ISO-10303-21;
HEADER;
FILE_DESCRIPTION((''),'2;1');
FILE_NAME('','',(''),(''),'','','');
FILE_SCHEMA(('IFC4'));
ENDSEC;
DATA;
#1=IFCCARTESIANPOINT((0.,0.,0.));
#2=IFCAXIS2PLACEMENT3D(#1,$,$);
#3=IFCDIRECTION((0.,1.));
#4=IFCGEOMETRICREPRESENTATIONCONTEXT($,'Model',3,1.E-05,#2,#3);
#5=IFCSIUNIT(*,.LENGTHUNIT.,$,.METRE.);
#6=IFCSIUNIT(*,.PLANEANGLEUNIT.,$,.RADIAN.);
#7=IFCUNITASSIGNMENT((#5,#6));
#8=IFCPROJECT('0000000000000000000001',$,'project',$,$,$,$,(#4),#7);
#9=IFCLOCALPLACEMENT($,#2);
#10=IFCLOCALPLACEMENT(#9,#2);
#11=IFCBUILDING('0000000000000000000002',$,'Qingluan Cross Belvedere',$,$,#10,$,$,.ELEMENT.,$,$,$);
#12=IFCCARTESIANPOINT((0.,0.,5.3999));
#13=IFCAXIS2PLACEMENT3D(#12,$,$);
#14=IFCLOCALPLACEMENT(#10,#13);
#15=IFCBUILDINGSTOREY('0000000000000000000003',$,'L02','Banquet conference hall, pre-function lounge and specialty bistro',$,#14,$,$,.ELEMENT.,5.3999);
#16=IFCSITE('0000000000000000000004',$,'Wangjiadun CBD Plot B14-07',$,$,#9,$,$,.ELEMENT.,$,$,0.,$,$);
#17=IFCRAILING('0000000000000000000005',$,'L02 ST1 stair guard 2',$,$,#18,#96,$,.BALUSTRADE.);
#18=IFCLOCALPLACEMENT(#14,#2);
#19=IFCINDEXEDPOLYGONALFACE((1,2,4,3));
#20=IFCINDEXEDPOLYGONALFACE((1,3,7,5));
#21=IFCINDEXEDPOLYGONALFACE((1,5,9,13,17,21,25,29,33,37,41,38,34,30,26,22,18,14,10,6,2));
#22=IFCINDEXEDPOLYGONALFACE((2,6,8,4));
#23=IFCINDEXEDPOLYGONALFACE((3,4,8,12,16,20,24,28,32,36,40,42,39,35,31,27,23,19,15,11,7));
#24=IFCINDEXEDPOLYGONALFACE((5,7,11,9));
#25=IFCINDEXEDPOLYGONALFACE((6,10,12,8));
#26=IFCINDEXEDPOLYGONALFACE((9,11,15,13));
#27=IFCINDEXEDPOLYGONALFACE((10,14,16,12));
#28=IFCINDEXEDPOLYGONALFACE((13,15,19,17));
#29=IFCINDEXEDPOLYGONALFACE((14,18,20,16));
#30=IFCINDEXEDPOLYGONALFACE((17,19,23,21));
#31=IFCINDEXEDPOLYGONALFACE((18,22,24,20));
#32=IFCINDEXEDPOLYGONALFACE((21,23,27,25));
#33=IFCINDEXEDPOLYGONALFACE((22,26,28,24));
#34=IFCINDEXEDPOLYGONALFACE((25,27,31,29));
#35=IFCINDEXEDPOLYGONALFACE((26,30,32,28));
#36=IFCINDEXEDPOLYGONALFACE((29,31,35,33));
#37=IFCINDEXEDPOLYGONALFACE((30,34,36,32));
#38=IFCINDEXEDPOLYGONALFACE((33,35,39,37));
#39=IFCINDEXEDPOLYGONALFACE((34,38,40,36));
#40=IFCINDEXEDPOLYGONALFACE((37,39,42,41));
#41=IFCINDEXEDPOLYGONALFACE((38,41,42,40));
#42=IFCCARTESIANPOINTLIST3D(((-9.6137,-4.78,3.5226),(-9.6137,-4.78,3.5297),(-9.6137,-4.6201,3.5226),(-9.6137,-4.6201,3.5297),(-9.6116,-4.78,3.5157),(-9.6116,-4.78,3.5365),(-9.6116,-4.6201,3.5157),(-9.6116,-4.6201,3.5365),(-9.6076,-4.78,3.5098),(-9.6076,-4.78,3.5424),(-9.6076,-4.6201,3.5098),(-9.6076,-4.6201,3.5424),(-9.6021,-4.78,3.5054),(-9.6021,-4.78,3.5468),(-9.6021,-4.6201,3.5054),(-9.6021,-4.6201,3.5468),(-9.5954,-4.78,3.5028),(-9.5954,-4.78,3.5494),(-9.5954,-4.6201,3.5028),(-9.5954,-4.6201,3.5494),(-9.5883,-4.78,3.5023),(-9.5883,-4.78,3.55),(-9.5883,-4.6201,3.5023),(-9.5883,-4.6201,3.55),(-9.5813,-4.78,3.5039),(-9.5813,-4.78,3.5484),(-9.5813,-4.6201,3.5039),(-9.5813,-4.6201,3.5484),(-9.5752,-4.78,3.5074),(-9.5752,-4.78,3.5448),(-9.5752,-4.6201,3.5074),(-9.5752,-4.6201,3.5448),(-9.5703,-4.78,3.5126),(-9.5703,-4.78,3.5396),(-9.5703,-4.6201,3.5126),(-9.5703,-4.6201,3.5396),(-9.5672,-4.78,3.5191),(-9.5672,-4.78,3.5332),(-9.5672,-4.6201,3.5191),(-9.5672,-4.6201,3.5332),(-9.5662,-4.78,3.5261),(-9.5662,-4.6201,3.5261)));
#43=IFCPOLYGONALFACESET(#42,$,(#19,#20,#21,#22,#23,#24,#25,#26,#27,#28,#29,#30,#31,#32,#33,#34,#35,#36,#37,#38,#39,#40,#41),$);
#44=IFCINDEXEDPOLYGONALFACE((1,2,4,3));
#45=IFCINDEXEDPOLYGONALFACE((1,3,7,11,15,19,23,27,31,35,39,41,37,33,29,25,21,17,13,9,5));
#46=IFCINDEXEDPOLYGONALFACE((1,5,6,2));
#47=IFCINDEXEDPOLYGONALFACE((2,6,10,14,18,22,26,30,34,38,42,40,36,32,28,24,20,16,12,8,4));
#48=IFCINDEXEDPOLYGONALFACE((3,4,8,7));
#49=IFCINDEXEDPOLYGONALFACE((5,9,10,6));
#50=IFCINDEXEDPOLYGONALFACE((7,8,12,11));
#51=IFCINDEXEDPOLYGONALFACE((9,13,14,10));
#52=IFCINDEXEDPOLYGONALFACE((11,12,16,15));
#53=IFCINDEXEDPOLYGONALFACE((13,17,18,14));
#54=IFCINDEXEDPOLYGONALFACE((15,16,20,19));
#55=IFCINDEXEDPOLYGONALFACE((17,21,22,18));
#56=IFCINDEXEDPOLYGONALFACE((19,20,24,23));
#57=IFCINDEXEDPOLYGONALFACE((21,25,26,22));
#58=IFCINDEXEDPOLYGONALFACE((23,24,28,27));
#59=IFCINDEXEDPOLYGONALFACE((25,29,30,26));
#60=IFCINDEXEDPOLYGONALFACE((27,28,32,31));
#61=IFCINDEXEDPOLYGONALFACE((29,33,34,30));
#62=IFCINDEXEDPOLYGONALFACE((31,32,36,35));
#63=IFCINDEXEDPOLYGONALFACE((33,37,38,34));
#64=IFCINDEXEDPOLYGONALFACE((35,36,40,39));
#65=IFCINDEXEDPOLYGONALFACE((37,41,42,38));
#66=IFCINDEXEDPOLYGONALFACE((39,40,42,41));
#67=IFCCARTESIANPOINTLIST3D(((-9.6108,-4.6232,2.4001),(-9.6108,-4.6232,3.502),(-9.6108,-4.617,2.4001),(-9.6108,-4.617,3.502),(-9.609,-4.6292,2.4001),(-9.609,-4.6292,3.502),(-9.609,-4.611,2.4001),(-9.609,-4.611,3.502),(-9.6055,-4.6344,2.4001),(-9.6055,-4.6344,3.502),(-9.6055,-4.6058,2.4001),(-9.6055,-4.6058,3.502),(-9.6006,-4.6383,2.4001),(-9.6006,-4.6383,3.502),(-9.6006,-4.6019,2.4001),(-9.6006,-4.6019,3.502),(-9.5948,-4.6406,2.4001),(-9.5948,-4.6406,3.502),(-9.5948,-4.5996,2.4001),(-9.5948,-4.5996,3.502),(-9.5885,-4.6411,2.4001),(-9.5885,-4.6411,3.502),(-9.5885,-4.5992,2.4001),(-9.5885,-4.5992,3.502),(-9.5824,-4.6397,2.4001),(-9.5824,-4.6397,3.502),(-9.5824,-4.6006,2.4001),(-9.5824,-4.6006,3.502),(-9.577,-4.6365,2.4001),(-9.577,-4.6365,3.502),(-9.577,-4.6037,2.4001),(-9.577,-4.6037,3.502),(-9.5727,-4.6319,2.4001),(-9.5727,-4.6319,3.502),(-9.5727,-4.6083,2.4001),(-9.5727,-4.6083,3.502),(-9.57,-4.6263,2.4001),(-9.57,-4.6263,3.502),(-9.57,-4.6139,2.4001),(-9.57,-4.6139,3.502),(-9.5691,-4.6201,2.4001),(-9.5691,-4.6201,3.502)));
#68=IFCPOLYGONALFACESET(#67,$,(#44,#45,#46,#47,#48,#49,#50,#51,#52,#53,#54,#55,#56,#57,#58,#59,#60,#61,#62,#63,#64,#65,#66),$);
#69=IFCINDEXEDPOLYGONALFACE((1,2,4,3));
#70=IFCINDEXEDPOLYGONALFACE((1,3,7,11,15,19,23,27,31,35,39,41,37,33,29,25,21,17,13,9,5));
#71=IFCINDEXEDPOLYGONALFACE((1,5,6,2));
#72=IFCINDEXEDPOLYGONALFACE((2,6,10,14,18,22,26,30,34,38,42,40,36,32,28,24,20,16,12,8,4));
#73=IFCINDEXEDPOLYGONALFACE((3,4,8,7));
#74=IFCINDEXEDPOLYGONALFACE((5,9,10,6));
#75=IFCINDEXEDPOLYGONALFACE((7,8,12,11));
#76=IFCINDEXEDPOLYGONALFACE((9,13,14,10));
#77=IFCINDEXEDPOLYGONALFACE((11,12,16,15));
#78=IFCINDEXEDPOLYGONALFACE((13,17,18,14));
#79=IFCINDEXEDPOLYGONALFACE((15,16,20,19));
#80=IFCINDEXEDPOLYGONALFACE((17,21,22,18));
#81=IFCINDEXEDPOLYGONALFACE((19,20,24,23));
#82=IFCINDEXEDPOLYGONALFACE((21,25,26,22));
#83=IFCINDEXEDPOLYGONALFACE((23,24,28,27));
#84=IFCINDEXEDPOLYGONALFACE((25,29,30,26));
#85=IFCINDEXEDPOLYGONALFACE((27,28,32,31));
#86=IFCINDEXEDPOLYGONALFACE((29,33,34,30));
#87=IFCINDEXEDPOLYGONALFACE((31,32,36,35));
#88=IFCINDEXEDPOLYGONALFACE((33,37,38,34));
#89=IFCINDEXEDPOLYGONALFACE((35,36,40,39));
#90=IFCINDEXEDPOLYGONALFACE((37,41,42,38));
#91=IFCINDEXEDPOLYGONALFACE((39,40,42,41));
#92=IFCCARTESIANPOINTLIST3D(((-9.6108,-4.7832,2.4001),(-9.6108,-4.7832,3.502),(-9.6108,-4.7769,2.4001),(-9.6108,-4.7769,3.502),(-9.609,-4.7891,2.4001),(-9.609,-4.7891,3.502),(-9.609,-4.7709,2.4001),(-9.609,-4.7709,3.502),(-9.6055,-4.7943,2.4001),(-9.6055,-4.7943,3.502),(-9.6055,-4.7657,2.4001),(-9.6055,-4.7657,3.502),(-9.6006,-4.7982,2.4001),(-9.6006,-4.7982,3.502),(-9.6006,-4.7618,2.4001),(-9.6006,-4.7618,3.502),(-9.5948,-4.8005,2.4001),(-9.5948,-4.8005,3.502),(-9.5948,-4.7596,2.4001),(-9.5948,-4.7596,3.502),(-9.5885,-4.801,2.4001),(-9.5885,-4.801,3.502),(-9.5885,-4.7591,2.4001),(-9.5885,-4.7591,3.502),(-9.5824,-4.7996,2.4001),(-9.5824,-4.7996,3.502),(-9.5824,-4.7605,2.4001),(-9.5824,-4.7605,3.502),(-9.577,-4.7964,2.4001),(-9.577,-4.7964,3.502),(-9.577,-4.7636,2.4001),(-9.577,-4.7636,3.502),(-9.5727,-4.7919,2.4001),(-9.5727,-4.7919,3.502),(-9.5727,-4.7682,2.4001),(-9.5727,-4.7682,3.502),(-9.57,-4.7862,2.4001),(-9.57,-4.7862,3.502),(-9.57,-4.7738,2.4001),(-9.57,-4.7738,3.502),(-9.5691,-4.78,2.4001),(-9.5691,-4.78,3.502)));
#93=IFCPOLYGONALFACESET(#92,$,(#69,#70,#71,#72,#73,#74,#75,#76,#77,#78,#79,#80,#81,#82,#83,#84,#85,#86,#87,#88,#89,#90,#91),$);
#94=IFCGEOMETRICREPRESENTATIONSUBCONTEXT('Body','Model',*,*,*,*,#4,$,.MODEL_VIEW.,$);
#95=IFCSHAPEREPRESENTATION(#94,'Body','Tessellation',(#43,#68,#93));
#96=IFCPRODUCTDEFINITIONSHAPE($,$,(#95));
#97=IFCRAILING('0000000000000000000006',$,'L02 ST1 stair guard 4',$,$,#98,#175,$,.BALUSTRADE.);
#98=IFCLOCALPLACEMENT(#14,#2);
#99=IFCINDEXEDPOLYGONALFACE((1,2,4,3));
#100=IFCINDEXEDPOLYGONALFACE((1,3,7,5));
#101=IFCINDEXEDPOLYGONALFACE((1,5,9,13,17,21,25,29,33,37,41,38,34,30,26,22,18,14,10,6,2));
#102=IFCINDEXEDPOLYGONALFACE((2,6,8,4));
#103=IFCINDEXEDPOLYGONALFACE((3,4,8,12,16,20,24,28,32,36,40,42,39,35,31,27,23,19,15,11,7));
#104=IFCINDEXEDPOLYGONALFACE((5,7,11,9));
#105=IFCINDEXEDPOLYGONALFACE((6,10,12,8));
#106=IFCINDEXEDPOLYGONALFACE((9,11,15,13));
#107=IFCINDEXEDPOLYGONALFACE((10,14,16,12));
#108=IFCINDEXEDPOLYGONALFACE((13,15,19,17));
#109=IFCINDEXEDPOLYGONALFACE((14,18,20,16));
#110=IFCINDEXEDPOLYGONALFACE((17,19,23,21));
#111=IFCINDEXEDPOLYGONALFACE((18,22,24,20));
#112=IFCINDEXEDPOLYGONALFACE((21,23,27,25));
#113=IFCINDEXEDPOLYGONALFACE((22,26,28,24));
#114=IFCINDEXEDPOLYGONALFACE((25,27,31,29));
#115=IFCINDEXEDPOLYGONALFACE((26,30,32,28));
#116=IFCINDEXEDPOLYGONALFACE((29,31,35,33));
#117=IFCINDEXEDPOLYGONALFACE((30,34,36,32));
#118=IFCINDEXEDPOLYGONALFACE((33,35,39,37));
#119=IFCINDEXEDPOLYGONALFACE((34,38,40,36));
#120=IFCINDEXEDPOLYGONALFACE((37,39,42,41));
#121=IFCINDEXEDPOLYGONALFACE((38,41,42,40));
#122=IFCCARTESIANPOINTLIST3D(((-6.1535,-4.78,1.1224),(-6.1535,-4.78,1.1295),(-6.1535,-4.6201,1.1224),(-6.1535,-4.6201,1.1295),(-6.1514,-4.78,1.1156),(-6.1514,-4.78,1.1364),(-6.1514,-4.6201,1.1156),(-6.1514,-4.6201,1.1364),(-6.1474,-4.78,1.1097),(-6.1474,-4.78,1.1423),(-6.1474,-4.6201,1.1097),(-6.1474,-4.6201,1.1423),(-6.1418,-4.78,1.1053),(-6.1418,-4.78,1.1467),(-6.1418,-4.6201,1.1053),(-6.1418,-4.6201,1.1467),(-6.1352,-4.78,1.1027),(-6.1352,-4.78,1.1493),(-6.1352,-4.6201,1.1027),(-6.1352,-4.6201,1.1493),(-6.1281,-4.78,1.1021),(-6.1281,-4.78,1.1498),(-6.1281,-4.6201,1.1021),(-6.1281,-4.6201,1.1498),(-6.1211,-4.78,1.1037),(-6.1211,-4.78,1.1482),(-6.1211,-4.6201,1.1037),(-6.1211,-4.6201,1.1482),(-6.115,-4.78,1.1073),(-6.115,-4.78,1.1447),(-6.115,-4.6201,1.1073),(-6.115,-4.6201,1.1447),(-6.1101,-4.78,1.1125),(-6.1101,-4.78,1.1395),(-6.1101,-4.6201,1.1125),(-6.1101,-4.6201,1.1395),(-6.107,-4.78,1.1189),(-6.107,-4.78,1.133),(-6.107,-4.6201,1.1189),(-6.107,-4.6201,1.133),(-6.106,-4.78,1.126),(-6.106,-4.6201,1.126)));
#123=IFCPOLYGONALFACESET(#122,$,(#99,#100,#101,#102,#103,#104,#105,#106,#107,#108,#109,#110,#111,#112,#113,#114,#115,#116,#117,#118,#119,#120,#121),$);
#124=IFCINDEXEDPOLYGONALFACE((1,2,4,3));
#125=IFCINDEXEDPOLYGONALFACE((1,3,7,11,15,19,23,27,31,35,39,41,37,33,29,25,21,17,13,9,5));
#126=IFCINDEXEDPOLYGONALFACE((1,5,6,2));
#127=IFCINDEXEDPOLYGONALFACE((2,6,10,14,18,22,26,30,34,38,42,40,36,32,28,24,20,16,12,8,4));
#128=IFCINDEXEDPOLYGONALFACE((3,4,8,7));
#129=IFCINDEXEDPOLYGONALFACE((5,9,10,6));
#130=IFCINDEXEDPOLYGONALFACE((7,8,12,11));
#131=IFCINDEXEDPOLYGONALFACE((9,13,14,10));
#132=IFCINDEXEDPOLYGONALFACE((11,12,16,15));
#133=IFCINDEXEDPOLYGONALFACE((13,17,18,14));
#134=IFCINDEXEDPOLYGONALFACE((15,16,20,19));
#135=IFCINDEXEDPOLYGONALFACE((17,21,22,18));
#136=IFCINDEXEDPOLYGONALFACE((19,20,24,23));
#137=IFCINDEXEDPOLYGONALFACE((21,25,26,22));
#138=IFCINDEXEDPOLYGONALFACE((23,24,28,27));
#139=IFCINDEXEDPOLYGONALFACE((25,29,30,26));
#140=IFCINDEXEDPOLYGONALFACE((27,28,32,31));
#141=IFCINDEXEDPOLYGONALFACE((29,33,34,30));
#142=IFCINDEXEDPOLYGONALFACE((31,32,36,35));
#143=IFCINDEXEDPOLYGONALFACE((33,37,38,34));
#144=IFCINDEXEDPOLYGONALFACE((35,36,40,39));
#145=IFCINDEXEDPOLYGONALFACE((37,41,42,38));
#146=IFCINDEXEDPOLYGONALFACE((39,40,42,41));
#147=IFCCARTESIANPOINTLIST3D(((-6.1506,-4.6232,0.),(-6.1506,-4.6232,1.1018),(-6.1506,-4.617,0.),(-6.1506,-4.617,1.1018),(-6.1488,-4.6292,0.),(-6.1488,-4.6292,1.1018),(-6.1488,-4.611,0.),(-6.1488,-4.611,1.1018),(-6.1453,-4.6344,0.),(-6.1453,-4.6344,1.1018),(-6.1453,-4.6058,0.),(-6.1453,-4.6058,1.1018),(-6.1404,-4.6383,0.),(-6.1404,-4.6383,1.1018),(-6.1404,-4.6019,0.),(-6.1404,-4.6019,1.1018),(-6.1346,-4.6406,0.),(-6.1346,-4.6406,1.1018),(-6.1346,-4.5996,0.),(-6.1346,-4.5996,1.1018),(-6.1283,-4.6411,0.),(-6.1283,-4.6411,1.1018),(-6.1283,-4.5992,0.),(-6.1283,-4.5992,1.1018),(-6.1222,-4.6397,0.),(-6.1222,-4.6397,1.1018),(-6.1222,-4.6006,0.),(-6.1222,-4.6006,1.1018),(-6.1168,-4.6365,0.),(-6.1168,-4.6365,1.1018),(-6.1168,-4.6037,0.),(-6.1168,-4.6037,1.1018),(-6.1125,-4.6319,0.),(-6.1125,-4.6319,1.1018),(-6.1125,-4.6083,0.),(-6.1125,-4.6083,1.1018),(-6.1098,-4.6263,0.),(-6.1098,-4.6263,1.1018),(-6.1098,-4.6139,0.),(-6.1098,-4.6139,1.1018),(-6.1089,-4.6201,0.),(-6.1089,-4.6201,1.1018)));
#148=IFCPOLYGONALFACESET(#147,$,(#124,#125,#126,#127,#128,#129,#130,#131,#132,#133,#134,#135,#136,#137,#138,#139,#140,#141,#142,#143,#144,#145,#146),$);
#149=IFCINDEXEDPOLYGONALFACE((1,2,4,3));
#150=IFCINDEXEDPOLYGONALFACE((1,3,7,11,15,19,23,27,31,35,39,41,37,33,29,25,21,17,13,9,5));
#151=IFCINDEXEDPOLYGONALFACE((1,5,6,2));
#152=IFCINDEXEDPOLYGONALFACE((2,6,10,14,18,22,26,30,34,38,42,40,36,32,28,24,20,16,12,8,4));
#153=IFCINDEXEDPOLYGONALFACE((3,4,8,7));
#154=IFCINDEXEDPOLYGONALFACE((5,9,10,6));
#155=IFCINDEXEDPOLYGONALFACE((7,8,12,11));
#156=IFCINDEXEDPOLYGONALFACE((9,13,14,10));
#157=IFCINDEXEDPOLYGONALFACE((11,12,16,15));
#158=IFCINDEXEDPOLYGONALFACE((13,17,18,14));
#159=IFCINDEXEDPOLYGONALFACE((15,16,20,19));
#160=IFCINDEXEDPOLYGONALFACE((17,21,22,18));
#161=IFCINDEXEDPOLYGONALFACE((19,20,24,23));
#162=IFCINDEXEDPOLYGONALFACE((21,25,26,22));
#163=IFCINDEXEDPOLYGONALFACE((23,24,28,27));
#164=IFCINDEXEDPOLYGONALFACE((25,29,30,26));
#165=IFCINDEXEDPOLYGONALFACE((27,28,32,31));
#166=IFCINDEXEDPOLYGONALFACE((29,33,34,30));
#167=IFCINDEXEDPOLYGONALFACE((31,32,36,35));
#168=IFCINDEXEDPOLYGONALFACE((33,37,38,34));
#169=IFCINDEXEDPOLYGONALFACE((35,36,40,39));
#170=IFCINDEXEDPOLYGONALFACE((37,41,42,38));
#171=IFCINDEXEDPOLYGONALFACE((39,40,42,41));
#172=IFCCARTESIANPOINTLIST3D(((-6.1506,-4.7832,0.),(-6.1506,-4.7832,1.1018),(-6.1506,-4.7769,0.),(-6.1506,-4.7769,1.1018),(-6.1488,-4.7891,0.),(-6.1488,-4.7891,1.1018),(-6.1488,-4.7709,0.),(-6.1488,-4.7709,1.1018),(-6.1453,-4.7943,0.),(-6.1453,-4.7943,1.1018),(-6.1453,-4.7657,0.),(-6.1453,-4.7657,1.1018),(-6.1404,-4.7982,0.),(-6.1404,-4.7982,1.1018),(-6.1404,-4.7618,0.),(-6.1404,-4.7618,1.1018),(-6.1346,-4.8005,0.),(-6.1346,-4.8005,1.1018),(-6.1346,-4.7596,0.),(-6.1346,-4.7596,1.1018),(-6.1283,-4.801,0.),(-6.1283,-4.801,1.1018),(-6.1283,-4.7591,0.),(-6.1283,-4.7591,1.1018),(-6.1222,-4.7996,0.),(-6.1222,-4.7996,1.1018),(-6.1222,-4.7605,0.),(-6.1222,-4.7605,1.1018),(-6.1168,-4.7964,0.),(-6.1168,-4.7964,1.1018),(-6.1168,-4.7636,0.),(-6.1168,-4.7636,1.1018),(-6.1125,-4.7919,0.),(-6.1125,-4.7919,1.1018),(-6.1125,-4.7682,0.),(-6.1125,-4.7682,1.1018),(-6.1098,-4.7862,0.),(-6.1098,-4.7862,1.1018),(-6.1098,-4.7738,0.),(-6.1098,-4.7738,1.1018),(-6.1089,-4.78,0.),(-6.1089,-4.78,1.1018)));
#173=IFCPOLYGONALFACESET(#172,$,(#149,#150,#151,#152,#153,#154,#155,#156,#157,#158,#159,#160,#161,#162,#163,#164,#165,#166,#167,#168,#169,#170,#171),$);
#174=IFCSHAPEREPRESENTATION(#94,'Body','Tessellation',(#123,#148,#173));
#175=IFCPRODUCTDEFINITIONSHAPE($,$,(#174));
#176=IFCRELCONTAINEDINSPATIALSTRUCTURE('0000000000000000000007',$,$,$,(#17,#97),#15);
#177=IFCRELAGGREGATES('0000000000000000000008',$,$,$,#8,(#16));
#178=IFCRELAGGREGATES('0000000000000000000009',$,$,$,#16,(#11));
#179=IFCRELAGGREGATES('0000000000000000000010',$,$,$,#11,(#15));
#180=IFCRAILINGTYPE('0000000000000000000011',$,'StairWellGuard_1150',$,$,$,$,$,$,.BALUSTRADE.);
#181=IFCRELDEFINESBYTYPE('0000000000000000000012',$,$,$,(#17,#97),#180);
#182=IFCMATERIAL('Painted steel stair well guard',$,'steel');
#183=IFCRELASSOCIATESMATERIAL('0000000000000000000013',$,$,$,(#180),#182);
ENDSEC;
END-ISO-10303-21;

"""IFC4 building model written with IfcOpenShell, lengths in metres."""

from ifc_helpers import new_model, si_unit, direction, frame, origin, origin_2d, place, context, subcontext, project, spatial, circle, extrude, material, type_object, element, save


model = new_model("IFC4")

# Units and contexts
model_context = context("Model", 3, precision=1e-05, world=origin(), true_north=direction((0.0, 1.0)))
body_context = subcontext(model_context, "Body", "Model", "MODEL_VIEW")
ifc_project = project(units=[si_unit("LENGTHUNIT", "METRE"), si_unit("PLANEANGLEUNIT", "RADIAN")], contexts=[model_context])

# Site, building, storey
site_placement = place(None, origin())
site = spatial("IfcSite", under=ifc_project, at=site_placement, Name="Wangjiadun CBD Plot B14-07", CompositionType="ELEMENT", RefElevation=0.0)
building_placement = place(site_placement, origin())
building = spatial("IfcBuilding", under=site, at=building_placement, Name="Qingluan Cross Belvedere", CompositionType="ELEMENT")
storey_placement = place(building_placement, frame((0.0, 0.0, 5.3999)))
storey = spatial("IfcBuildingStorey", under=building, at=storey_placement, Name="L02", Description="Banquet conference hall, pre-function lounge and specialty bistro", CompositionType="ELEMENT", Elevation=5.3999)

# Railings
ifc_material_1 = material(Name="Painted steel stair well guard", Category="steel")
railing_type_1 = type_object("IfcRailingType", Name="StairWellGuard_1150", PredefinedType="BALUSTRADE", material=ifc_material_1)
for number, where, name in (
    (1, (-9.5901, -4.6201, 2.4001), "L02 ST1 stair guard 2"),
    (2, (-6.1299, -4.6201, 0.0), "L02 ST1 stair guard 4"),
):
    element("IfcRailing", number, at=place(storey_placement, frame(where)), inside=storey, type_object=railing_type_1, Name=name, PredefinedType="BALUSTRADE", context=body_context, shape_type="SweptSolid", body=[
        extrude(circle(Radius=0.0239, at=origin_2d()), frame((0.0, 0.0, 1.126), z_axis=(0.0, -1.0, 0.0), x_axis=(1.0, 0.0, 0.0)), (0.0, 0.0, 1.0), 0.1599),
        extrude(circle(Radius=0.021, at=origin_2d()), origin(), (0.0, 0.0, 1.0), 1.1018),
        extrude(circle(Radius=0.021, at=origin_2d()), frame((0.0, -0.1599, 0.0)), (0.0, 0.0, 1.0), 1.1018),
    ])

save(model, "model.ifc")
